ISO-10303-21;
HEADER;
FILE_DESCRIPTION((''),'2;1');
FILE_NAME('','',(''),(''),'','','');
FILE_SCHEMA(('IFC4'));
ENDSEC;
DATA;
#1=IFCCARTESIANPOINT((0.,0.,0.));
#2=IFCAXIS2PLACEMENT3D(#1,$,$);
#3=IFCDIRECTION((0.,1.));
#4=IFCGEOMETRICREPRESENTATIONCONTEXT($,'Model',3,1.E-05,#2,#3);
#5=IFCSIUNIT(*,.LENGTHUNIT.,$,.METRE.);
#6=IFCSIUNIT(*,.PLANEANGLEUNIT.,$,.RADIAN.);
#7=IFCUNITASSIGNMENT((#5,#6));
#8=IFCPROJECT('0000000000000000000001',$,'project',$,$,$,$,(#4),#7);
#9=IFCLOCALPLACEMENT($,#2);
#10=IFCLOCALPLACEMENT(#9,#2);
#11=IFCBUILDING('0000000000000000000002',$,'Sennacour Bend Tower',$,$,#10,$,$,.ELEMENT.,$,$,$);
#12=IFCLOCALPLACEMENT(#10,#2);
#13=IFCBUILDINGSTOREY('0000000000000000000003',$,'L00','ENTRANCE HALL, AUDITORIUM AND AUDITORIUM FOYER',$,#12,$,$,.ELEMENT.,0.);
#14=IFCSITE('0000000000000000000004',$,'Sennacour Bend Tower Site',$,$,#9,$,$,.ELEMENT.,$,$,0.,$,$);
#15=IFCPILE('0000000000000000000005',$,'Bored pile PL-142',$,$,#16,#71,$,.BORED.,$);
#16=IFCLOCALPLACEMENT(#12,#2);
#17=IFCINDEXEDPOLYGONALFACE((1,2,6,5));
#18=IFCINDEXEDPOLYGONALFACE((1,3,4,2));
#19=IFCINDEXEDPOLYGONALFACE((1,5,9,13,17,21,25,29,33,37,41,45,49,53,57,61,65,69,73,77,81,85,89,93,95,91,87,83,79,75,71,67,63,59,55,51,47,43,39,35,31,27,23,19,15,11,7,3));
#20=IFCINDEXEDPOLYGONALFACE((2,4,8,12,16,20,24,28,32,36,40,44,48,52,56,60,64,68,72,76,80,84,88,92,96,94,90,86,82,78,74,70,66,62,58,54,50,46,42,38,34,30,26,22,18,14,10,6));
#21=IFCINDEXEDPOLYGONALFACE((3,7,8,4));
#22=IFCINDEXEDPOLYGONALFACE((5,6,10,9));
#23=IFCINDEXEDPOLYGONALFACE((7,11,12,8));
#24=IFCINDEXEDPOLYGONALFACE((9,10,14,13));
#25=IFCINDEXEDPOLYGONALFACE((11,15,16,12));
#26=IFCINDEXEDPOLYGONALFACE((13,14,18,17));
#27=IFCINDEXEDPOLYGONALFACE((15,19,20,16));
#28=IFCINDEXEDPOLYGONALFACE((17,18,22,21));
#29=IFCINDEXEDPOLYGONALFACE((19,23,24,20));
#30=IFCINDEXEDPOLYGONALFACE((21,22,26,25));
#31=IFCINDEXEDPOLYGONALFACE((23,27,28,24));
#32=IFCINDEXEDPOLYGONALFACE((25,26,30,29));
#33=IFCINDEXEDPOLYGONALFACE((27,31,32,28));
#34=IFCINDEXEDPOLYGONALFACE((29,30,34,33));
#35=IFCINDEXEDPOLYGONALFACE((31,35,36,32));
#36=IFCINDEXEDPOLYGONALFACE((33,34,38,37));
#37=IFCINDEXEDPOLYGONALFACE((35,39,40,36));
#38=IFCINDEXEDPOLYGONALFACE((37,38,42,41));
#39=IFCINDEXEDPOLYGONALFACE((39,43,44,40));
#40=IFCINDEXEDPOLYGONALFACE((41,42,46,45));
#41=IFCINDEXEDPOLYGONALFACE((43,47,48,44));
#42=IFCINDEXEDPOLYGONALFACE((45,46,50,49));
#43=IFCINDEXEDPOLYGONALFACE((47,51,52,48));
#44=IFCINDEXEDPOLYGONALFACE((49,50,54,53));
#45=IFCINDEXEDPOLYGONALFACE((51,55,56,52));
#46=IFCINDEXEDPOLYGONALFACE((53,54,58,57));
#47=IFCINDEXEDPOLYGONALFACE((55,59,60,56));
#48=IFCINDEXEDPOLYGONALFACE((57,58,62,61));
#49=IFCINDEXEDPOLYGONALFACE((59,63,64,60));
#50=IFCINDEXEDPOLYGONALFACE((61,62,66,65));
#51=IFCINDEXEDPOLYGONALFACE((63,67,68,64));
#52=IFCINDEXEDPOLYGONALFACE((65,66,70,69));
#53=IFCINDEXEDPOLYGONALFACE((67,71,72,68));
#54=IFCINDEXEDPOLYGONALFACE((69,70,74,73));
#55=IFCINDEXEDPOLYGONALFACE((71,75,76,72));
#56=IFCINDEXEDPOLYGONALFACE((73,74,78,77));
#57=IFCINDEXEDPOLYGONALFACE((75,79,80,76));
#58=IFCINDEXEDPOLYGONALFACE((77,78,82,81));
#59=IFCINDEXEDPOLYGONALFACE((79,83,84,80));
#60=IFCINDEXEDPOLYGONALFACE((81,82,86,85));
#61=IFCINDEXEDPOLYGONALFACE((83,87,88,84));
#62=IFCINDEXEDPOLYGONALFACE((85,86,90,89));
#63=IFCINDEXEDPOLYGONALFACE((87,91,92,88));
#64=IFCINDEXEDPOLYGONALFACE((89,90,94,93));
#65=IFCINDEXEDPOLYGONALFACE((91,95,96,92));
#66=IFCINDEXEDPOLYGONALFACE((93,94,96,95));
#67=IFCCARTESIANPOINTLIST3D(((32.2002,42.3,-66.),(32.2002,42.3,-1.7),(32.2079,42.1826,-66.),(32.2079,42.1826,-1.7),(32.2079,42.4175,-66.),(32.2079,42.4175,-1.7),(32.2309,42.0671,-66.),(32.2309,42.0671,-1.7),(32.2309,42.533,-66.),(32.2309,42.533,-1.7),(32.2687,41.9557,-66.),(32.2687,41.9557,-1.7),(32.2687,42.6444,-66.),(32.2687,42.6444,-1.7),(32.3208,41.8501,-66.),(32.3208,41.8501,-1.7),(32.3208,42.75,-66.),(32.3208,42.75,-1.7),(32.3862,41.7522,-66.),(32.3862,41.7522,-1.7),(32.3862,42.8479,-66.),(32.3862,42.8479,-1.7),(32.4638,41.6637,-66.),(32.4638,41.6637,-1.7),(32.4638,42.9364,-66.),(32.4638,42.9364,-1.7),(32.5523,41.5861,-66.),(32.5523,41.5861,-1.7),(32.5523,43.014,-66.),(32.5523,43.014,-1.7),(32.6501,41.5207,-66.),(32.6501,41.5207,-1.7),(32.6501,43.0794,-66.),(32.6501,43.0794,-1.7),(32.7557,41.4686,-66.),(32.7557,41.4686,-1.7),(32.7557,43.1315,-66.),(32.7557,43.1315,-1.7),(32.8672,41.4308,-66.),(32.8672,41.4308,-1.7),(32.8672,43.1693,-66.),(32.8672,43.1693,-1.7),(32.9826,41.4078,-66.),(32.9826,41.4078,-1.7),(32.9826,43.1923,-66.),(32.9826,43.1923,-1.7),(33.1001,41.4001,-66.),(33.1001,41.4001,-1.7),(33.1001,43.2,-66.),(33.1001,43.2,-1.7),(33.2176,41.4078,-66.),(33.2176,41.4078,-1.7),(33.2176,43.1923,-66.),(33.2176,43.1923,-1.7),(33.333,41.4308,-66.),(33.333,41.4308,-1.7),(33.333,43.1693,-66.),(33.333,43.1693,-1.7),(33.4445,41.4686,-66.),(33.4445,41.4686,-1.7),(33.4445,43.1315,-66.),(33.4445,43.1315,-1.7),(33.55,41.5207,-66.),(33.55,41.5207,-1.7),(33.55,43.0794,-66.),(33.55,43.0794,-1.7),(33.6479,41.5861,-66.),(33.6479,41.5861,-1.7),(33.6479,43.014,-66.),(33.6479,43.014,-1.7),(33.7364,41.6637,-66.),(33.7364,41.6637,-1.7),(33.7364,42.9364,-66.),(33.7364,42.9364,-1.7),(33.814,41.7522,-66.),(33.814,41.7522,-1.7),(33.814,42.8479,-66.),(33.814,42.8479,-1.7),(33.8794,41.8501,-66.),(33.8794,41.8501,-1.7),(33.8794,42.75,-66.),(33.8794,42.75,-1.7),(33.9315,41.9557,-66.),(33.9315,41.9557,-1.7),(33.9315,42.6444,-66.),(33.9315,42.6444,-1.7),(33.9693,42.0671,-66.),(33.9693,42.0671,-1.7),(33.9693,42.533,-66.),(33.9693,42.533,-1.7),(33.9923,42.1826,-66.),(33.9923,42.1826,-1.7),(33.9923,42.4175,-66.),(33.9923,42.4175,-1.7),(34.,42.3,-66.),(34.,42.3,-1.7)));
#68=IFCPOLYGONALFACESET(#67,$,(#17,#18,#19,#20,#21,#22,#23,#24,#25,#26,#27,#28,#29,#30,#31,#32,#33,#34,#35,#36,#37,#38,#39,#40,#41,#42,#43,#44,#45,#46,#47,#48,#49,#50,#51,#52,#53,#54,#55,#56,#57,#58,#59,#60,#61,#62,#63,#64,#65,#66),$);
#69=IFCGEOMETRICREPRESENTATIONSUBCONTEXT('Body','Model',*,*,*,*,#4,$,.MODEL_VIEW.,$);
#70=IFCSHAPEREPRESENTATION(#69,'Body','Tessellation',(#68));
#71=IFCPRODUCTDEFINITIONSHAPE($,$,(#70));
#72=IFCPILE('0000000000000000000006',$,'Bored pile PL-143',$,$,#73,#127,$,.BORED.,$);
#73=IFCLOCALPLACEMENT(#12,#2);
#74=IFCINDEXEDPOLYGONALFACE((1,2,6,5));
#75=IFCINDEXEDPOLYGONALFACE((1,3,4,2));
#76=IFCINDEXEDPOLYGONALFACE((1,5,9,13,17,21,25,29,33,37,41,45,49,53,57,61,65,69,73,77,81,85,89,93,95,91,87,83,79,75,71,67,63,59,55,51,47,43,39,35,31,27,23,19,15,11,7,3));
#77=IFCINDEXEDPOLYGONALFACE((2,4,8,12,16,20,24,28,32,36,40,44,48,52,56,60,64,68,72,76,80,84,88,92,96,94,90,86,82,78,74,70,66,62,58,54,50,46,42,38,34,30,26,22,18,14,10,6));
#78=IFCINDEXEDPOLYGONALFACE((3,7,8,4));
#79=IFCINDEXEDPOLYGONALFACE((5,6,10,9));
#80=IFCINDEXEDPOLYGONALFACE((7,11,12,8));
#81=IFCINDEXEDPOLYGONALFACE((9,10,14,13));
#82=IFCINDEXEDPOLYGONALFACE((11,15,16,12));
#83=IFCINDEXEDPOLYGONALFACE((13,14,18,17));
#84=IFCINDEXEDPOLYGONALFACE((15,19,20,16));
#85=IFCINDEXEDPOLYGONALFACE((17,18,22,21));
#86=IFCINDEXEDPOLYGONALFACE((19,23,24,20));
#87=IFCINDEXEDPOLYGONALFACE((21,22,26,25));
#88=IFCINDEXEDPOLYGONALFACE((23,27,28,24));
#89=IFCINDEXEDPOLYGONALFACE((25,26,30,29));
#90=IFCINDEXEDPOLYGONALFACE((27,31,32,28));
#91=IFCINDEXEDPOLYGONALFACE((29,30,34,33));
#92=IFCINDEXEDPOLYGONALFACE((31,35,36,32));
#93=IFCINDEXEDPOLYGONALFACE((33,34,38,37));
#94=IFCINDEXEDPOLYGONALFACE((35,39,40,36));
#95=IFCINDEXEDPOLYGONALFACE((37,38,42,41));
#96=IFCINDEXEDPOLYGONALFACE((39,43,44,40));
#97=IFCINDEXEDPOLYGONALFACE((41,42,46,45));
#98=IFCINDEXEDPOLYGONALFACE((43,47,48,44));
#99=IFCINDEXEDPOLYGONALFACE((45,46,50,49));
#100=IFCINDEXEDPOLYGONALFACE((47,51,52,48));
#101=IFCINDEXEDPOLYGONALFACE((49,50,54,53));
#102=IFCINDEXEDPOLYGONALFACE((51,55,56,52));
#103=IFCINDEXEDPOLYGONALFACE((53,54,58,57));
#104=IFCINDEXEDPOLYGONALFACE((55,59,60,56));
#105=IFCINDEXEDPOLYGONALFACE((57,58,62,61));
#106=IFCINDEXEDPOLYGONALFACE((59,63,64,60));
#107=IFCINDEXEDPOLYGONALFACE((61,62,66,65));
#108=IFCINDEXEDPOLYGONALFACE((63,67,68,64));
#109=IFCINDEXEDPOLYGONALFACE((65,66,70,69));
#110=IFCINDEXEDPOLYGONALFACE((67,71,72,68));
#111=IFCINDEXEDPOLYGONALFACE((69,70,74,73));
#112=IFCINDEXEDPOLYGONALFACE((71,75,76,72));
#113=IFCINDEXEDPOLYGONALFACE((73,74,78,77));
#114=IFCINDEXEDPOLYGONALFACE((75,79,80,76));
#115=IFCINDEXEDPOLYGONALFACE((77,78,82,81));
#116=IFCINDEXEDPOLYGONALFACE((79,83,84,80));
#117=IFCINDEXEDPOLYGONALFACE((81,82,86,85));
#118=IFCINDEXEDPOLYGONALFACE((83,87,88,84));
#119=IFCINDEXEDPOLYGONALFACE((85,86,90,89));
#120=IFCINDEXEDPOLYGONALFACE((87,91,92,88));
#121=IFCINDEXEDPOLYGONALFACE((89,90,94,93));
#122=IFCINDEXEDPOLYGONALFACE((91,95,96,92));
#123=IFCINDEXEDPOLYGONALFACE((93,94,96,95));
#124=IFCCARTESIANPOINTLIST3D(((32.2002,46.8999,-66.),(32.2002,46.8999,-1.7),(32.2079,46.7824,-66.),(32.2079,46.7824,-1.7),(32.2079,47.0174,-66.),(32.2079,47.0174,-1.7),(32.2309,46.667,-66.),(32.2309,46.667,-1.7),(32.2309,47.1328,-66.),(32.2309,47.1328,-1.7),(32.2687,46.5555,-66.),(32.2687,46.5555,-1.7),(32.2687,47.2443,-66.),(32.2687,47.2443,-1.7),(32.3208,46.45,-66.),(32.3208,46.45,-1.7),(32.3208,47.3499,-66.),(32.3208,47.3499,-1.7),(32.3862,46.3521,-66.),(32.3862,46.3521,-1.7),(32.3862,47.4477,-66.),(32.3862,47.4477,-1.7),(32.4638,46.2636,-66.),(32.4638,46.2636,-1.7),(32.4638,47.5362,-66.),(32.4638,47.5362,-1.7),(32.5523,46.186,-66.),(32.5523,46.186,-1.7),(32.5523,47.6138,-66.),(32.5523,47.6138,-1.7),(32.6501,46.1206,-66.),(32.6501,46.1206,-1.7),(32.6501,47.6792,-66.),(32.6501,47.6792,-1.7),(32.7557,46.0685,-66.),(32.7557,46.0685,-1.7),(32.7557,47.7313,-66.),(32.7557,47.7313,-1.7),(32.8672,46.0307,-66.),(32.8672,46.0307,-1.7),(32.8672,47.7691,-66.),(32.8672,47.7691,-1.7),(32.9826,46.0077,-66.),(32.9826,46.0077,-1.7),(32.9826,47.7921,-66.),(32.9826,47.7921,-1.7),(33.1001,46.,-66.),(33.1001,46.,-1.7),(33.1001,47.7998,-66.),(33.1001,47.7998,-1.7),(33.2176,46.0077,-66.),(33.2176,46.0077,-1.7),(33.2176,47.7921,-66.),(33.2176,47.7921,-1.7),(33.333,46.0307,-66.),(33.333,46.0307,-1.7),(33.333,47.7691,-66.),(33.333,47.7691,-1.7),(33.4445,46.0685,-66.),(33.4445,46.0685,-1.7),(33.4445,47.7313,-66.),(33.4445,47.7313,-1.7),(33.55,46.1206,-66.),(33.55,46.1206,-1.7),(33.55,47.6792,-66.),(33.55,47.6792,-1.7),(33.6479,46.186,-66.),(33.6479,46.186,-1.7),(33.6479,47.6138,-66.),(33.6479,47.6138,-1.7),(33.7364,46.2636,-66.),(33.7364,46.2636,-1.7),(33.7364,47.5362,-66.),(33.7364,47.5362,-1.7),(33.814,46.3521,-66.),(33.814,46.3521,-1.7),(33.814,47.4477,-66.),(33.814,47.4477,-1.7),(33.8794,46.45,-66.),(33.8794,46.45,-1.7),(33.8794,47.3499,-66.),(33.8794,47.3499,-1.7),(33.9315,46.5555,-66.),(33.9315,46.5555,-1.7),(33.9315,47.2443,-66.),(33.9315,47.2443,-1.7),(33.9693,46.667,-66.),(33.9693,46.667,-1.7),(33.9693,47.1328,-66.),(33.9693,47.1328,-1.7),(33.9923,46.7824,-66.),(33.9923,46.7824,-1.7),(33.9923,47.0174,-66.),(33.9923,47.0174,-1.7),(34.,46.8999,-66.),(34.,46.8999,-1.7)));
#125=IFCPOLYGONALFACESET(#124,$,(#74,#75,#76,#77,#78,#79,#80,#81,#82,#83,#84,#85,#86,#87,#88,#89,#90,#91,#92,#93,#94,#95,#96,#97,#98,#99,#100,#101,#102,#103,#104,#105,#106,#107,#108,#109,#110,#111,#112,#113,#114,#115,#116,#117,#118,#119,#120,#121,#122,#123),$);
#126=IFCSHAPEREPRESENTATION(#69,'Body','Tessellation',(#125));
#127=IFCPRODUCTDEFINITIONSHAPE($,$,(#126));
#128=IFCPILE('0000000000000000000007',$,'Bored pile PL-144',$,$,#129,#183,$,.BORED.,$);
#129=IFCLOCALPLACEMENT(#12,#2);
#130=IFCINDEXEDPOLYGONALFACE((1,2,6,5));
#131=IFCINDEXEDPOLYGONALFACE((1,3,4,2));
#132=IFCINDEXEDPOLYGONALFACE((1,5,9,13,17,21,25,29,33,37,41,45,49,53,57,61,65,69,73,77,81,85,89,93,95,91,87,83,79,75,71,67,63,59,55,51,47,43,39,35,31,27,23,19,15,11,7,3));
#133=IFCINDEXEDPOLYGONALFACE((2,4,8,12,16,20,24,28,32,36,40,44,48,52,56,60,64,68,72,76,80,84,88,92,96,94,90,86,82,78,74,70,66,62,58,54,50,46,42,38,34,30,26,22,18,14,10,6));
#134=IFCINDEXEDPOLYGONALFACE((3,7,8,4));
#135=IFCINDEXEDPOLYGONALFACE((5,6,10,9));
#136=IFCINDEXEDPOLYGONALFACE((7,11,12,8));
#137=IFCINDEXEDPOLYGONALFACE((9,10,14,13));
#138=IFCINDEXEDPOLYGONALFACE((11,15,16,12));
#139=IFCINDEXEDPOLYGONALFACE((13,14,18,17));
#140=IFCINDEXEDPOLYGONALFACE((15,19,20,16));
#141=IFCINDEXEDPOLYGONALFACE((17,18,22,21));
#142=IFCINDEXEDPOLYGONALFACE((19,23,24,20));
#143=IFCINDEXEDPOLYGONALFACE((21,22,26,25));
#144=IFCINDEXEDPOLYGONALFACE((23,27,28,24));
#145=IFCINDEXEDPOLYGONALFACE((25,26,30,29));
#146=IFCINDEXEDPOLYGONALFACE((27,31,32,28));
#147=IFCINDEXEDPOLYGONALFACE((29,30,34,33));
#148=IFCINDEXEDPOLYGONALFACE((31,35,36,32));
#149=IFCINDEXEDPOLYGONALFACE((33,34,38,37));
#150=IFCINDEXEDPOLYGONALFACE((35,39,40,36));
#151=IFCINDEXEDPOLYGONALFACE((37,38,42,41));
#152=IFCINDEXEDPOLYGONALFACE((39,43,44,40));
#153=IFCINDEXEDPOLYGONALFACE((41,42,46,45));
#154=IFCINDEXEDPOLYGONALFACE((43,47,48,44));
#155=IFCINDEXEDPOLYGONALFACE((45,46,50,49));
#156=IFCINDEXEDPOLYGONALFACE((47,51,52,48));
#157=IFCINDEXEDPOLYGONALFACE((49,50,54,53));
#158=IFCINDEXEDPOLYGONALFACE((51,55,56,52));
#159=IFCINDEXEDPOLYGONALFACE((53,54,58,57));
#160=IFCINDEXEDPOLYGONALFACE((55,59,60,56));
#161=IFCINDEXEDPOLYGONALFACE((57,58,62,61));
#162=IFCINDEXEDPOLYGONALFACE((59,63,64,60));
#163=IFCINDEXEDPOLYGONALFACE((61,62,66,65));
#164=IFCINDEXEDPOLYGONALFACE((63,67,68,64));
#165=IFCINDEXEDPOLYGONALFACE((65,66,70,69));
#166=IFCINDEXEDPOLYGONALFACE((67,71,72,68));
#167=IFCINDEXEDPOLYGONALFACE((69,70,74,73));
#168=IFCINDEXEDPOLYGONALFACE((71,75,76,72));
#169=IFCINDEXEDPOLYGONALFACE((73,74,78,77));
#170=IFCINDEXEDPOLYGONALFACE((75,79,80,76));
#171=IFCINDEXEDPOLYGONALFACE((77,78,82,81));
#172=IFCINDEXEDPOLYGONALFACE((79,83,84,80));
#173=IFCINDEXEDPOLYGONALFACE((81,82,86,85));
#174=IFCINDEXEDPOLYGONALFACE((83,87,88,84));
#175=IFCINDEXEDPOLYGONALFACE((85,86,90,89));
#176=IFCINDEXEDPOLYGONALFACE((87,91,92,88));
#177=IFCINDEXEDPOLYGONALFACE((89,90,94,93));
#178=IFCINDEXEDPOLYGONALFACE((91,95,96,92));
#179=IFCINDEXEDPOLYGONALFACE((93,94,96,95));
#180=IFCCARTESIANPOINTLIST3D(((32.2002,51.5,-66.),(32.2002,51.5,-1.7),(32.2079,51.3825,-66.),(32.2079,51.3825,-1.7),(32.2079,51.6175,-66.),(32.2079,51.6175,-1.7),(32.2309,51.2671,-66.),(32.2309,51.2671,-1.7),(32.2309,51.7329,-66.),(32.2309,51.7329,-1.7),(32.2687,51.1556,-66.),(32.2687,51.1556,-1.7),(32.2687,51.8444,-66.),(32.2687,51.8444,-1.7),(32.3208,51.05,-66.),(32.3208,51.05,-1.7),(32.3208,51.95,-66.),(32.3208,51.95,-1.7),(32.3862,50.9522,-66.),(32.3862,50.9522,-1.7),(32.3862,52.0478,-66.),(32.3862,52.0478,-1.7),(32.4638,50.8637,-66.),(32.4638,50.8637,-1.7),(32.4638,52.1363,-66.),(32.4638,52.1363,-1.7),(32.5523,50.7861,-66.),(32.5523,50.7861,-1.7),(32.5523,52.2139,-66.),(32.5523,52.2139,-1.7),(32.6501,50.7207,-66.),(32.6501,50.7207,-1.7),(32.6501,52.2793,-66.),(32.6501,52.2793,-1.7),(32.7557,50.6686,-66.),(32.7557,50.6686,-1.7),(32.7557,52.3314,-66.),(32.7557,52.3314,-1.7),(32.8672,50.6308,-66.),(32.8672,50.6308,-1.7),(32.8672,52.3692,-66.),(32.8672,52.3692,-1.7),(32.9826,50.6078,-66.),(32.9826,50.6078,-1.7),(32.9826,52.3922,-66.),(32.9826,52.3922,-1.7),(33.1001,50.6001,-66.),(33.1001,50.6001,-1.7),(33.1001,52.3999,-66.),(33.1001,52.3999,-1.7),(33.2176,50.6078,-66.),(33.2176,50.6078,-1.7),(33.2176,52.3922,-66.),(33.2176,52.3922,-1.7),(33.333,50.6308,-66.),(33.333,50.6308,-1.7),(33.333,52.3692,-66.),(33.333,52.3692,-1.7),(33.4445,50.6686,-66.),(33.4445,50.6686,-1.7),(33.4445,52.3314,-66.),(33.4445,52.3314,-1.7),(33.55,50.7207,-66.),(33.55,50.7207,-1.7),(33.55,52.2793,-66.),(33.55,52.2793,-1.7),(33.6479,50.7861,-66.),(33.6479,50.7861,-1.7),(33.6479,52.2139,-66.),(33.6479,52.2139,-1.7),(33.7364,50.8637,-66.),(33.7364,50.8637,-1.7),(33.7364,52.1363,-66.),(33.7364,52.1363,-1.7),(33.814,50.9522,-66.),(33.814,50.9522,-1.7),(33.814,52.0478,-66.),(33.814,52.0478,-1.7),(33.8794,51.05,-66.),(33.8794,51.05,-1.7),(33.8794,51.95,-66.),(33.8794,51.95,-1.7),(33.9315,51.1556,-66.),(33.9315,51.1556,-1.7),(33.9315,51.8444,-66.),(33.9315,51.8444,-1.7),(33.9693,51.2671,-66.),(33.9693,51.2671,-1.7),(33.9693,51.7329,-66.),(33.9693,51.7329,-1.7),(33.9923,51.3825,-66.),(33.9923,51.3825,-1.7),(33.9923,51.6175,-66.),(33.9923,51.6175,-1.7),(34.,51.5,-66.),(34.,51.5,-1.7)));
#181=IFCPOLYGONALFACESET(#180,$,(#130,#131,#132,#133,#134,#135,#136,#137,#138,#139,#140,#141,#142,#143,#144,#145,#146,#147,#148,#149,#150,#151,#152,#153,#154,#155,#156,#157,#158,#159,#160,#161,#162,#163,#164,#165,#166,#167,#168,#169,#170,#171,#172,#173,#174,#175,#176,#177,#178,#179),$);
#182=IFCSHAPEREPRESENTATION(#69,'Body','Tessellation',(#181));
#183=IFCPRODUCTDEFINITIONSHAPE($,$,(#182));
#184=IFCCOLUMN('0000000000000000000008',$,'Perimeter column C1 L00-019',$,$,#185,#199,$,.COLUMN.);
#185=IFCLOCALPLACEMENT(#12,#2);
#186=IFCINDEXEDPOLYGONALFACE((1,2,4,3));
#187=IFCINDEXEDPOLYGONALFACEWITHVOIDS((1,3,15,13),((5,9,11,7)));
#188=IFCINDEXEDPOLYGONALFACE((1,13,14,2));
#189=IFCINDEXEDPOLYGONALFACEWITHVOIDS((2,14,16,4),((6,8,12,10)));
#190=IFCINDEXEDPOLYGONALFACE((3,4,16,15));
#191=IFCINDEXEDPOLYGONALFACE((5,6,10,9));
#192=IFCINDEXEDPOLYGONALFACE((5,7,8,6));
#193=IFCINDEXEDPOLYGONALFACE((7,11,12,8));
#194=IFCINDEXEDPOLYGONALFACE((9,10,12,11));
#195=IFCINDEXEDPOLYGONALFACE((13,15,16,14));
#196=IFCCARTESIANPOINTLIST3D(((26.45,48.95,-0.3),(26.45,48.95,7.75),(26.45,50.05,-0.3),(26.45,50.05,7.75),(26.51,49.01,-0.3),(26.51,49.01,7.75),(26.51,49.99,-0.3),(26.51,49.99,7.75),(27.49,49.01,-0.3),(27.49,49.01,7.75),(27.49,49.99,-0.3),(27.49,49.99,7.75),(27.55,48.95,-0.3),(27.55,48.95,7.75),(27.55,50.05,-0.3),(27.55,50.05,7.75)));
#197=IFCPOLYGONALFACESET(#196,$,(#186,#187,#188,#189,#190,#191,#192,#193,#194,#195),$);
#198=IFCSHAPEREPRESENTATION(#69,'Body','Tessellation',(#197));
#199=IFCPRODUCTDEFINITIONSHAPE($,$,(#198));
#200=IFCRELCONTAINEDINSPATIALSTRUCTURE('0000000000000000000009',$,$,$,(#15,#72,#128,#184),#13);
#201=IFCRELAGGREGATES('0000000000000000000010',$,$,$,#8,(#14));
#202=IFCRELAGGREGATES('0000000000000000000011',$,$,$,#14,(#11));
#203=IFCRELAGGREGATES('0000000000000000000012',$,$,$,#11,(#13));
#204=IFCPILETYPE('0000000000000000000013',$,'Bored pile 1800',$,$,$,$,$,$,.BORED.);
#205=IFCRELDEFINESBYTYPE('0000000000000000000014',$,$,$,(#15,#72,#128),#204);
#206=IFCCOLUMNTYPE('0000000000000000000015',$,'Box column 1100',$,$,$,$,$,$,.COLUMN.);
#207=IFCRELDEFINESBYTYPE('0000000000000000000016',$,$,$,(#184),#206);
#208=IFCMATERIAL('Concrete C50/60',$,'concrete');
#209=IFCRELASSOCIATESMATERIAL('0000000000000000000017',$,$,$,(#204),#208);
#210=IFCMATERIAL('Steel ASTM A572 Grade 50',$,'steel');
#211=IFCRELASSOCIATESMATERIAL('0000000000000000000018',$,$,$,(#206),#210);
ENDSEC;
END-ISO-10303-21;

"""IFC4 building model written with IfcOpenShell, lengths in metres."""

from ifc_helpers import new_model, si_unit, direction, frame, origin, origin_2d, place, context, subcontext, project, spatial, hollow_rectangle, circle, extrude, material, material_profile, profile_set, type_object, element, save


model = new_model("IFC4")

# Units and contexts
model_context = context("Model", 3, precision=1e-05, world=origin(), true_north=direction((0.0, 1.0)))
body_context = subcontext(model_context, "Body", "Model", "MODEL_VIEW")
ifc_project = project(units=[si_unit("LENGTHUNIT", "METRE"), si_unit("PLANEANGLEUNIT", "RADIAN")], contexts=[model_context])

# Site, building, storey
site_placement = place(None, origin())
site = spatial("IfcSite", under=ifc_project, at=site_placement, Name="Sennacour Bend Tower Site", CompositionType="ELEMENT", RefElevation=0.0)
building_placement = place(site_placement, origin())
building = spatial("IfcBuilding", under=site, at=building_placement, Name="Sennacour Bend Tower", CompositionType="ELEMENT")
storey_placement = place(building_placement, origin())
storey = spatial("IfcBuildingStorey", under=building, at=storey_placement, Name="L00", Description="ENTRANCE HALL, AUDITORIUM AND AUDITORIUM FOYER", CompositionType="ELEMENT", Elevation=0.0)

# Piles
ifc_material_1 = material(Name="Concrete C50/60", Category="concrete")
ifc_material_profile_1 = material_profile(ifc_material_1, circle(Radius=0.8999, at=origin_2d()), Name="Concrete C50/60", Category="concrete")
ifc_profile_set_1 = profile_set([ifc_material_profile_1], Name="Concrete C50/60")
pile_type = type_object("IfcPileType", Name="Bored pile 1800", PredefinedType="BORED", material=ifc_profile_set_1)
for number, where, z_axis, x_axis, name in (
    (1, (33.1001, 42.3, -1.7), (0.0, 0.0, -1.0), (1.0, 0.0, 0.0), "Bored pile PL-142"),
    (2, (33.1001, 46.8999, -1.7), (0.0, 0.0, -1.0), (1.0, 0.0, 0.0), "Bored pile PL-143"),
    (3, (33.1001, 51.5, -1.7), (0.0, 0.0, -1.0), (1.0, 0.0, 0.0), "Bored pile PL-144"),
):
    element("IfcPile", number, at=place(storey_placement, frame(where, z_axis=z_axis, x_axis=x_axis)), inside=storey, type_object=pile_type, Name=name, PredefinedType="BORED", context=body_context, shape_type="SweptSolid", body=[
        extrude(circle(Radius=0.8999, at=origin_2d()), origin(), (0.0, 0.0, 1.0), 64.3),
    ])

# Column
ifc_material_2 = material(Name="Steel ASTM A572 Grade 50", Category="steel")
ifc_material_profile_2 = material_profile(ifc_material_2, hollow_rectangle(XDim=1.1001, YDim=1.1001, WallThickness=0.0601, at=origin_2d()), Name="Steel ASTM A572 Grade 50", Category="steel")
ifc_profile_set_2 = profile_set([ifc_material_profile_2], Name="Steel ASTM A572 Grade 50")
column_type = type_object("IfcColumnType", Name="Box column 1100", PredefinedType="COLUMN", material=ifc_profile_set_2)
for number, where, z_axis, x_axis, name in (
    (4, (27.0, 49.5, -0.3), (0.0, 0.0, 1.0), (1.0, 0.0, 0.0), "Perimeter column C1 L00-019"),
):
    element("IfcColumn", number, at=place(storey_placement, frame(where, z_axis=z_axis, x_axis=x_axis)), inside=storey, type_object=column_type, Name=name, PredefinedType="COLUMN", context=body_context, shape_type="SweptSolid", body=[
        extrude(hollow_rectangle(XDim=1.1001, YDim=1.1001, WallThickness=0.0601, at=origin_2d()), origin(), (0.0, 0.0, 1.0), 8.05),
    ])

save(model, "model.ifc")
